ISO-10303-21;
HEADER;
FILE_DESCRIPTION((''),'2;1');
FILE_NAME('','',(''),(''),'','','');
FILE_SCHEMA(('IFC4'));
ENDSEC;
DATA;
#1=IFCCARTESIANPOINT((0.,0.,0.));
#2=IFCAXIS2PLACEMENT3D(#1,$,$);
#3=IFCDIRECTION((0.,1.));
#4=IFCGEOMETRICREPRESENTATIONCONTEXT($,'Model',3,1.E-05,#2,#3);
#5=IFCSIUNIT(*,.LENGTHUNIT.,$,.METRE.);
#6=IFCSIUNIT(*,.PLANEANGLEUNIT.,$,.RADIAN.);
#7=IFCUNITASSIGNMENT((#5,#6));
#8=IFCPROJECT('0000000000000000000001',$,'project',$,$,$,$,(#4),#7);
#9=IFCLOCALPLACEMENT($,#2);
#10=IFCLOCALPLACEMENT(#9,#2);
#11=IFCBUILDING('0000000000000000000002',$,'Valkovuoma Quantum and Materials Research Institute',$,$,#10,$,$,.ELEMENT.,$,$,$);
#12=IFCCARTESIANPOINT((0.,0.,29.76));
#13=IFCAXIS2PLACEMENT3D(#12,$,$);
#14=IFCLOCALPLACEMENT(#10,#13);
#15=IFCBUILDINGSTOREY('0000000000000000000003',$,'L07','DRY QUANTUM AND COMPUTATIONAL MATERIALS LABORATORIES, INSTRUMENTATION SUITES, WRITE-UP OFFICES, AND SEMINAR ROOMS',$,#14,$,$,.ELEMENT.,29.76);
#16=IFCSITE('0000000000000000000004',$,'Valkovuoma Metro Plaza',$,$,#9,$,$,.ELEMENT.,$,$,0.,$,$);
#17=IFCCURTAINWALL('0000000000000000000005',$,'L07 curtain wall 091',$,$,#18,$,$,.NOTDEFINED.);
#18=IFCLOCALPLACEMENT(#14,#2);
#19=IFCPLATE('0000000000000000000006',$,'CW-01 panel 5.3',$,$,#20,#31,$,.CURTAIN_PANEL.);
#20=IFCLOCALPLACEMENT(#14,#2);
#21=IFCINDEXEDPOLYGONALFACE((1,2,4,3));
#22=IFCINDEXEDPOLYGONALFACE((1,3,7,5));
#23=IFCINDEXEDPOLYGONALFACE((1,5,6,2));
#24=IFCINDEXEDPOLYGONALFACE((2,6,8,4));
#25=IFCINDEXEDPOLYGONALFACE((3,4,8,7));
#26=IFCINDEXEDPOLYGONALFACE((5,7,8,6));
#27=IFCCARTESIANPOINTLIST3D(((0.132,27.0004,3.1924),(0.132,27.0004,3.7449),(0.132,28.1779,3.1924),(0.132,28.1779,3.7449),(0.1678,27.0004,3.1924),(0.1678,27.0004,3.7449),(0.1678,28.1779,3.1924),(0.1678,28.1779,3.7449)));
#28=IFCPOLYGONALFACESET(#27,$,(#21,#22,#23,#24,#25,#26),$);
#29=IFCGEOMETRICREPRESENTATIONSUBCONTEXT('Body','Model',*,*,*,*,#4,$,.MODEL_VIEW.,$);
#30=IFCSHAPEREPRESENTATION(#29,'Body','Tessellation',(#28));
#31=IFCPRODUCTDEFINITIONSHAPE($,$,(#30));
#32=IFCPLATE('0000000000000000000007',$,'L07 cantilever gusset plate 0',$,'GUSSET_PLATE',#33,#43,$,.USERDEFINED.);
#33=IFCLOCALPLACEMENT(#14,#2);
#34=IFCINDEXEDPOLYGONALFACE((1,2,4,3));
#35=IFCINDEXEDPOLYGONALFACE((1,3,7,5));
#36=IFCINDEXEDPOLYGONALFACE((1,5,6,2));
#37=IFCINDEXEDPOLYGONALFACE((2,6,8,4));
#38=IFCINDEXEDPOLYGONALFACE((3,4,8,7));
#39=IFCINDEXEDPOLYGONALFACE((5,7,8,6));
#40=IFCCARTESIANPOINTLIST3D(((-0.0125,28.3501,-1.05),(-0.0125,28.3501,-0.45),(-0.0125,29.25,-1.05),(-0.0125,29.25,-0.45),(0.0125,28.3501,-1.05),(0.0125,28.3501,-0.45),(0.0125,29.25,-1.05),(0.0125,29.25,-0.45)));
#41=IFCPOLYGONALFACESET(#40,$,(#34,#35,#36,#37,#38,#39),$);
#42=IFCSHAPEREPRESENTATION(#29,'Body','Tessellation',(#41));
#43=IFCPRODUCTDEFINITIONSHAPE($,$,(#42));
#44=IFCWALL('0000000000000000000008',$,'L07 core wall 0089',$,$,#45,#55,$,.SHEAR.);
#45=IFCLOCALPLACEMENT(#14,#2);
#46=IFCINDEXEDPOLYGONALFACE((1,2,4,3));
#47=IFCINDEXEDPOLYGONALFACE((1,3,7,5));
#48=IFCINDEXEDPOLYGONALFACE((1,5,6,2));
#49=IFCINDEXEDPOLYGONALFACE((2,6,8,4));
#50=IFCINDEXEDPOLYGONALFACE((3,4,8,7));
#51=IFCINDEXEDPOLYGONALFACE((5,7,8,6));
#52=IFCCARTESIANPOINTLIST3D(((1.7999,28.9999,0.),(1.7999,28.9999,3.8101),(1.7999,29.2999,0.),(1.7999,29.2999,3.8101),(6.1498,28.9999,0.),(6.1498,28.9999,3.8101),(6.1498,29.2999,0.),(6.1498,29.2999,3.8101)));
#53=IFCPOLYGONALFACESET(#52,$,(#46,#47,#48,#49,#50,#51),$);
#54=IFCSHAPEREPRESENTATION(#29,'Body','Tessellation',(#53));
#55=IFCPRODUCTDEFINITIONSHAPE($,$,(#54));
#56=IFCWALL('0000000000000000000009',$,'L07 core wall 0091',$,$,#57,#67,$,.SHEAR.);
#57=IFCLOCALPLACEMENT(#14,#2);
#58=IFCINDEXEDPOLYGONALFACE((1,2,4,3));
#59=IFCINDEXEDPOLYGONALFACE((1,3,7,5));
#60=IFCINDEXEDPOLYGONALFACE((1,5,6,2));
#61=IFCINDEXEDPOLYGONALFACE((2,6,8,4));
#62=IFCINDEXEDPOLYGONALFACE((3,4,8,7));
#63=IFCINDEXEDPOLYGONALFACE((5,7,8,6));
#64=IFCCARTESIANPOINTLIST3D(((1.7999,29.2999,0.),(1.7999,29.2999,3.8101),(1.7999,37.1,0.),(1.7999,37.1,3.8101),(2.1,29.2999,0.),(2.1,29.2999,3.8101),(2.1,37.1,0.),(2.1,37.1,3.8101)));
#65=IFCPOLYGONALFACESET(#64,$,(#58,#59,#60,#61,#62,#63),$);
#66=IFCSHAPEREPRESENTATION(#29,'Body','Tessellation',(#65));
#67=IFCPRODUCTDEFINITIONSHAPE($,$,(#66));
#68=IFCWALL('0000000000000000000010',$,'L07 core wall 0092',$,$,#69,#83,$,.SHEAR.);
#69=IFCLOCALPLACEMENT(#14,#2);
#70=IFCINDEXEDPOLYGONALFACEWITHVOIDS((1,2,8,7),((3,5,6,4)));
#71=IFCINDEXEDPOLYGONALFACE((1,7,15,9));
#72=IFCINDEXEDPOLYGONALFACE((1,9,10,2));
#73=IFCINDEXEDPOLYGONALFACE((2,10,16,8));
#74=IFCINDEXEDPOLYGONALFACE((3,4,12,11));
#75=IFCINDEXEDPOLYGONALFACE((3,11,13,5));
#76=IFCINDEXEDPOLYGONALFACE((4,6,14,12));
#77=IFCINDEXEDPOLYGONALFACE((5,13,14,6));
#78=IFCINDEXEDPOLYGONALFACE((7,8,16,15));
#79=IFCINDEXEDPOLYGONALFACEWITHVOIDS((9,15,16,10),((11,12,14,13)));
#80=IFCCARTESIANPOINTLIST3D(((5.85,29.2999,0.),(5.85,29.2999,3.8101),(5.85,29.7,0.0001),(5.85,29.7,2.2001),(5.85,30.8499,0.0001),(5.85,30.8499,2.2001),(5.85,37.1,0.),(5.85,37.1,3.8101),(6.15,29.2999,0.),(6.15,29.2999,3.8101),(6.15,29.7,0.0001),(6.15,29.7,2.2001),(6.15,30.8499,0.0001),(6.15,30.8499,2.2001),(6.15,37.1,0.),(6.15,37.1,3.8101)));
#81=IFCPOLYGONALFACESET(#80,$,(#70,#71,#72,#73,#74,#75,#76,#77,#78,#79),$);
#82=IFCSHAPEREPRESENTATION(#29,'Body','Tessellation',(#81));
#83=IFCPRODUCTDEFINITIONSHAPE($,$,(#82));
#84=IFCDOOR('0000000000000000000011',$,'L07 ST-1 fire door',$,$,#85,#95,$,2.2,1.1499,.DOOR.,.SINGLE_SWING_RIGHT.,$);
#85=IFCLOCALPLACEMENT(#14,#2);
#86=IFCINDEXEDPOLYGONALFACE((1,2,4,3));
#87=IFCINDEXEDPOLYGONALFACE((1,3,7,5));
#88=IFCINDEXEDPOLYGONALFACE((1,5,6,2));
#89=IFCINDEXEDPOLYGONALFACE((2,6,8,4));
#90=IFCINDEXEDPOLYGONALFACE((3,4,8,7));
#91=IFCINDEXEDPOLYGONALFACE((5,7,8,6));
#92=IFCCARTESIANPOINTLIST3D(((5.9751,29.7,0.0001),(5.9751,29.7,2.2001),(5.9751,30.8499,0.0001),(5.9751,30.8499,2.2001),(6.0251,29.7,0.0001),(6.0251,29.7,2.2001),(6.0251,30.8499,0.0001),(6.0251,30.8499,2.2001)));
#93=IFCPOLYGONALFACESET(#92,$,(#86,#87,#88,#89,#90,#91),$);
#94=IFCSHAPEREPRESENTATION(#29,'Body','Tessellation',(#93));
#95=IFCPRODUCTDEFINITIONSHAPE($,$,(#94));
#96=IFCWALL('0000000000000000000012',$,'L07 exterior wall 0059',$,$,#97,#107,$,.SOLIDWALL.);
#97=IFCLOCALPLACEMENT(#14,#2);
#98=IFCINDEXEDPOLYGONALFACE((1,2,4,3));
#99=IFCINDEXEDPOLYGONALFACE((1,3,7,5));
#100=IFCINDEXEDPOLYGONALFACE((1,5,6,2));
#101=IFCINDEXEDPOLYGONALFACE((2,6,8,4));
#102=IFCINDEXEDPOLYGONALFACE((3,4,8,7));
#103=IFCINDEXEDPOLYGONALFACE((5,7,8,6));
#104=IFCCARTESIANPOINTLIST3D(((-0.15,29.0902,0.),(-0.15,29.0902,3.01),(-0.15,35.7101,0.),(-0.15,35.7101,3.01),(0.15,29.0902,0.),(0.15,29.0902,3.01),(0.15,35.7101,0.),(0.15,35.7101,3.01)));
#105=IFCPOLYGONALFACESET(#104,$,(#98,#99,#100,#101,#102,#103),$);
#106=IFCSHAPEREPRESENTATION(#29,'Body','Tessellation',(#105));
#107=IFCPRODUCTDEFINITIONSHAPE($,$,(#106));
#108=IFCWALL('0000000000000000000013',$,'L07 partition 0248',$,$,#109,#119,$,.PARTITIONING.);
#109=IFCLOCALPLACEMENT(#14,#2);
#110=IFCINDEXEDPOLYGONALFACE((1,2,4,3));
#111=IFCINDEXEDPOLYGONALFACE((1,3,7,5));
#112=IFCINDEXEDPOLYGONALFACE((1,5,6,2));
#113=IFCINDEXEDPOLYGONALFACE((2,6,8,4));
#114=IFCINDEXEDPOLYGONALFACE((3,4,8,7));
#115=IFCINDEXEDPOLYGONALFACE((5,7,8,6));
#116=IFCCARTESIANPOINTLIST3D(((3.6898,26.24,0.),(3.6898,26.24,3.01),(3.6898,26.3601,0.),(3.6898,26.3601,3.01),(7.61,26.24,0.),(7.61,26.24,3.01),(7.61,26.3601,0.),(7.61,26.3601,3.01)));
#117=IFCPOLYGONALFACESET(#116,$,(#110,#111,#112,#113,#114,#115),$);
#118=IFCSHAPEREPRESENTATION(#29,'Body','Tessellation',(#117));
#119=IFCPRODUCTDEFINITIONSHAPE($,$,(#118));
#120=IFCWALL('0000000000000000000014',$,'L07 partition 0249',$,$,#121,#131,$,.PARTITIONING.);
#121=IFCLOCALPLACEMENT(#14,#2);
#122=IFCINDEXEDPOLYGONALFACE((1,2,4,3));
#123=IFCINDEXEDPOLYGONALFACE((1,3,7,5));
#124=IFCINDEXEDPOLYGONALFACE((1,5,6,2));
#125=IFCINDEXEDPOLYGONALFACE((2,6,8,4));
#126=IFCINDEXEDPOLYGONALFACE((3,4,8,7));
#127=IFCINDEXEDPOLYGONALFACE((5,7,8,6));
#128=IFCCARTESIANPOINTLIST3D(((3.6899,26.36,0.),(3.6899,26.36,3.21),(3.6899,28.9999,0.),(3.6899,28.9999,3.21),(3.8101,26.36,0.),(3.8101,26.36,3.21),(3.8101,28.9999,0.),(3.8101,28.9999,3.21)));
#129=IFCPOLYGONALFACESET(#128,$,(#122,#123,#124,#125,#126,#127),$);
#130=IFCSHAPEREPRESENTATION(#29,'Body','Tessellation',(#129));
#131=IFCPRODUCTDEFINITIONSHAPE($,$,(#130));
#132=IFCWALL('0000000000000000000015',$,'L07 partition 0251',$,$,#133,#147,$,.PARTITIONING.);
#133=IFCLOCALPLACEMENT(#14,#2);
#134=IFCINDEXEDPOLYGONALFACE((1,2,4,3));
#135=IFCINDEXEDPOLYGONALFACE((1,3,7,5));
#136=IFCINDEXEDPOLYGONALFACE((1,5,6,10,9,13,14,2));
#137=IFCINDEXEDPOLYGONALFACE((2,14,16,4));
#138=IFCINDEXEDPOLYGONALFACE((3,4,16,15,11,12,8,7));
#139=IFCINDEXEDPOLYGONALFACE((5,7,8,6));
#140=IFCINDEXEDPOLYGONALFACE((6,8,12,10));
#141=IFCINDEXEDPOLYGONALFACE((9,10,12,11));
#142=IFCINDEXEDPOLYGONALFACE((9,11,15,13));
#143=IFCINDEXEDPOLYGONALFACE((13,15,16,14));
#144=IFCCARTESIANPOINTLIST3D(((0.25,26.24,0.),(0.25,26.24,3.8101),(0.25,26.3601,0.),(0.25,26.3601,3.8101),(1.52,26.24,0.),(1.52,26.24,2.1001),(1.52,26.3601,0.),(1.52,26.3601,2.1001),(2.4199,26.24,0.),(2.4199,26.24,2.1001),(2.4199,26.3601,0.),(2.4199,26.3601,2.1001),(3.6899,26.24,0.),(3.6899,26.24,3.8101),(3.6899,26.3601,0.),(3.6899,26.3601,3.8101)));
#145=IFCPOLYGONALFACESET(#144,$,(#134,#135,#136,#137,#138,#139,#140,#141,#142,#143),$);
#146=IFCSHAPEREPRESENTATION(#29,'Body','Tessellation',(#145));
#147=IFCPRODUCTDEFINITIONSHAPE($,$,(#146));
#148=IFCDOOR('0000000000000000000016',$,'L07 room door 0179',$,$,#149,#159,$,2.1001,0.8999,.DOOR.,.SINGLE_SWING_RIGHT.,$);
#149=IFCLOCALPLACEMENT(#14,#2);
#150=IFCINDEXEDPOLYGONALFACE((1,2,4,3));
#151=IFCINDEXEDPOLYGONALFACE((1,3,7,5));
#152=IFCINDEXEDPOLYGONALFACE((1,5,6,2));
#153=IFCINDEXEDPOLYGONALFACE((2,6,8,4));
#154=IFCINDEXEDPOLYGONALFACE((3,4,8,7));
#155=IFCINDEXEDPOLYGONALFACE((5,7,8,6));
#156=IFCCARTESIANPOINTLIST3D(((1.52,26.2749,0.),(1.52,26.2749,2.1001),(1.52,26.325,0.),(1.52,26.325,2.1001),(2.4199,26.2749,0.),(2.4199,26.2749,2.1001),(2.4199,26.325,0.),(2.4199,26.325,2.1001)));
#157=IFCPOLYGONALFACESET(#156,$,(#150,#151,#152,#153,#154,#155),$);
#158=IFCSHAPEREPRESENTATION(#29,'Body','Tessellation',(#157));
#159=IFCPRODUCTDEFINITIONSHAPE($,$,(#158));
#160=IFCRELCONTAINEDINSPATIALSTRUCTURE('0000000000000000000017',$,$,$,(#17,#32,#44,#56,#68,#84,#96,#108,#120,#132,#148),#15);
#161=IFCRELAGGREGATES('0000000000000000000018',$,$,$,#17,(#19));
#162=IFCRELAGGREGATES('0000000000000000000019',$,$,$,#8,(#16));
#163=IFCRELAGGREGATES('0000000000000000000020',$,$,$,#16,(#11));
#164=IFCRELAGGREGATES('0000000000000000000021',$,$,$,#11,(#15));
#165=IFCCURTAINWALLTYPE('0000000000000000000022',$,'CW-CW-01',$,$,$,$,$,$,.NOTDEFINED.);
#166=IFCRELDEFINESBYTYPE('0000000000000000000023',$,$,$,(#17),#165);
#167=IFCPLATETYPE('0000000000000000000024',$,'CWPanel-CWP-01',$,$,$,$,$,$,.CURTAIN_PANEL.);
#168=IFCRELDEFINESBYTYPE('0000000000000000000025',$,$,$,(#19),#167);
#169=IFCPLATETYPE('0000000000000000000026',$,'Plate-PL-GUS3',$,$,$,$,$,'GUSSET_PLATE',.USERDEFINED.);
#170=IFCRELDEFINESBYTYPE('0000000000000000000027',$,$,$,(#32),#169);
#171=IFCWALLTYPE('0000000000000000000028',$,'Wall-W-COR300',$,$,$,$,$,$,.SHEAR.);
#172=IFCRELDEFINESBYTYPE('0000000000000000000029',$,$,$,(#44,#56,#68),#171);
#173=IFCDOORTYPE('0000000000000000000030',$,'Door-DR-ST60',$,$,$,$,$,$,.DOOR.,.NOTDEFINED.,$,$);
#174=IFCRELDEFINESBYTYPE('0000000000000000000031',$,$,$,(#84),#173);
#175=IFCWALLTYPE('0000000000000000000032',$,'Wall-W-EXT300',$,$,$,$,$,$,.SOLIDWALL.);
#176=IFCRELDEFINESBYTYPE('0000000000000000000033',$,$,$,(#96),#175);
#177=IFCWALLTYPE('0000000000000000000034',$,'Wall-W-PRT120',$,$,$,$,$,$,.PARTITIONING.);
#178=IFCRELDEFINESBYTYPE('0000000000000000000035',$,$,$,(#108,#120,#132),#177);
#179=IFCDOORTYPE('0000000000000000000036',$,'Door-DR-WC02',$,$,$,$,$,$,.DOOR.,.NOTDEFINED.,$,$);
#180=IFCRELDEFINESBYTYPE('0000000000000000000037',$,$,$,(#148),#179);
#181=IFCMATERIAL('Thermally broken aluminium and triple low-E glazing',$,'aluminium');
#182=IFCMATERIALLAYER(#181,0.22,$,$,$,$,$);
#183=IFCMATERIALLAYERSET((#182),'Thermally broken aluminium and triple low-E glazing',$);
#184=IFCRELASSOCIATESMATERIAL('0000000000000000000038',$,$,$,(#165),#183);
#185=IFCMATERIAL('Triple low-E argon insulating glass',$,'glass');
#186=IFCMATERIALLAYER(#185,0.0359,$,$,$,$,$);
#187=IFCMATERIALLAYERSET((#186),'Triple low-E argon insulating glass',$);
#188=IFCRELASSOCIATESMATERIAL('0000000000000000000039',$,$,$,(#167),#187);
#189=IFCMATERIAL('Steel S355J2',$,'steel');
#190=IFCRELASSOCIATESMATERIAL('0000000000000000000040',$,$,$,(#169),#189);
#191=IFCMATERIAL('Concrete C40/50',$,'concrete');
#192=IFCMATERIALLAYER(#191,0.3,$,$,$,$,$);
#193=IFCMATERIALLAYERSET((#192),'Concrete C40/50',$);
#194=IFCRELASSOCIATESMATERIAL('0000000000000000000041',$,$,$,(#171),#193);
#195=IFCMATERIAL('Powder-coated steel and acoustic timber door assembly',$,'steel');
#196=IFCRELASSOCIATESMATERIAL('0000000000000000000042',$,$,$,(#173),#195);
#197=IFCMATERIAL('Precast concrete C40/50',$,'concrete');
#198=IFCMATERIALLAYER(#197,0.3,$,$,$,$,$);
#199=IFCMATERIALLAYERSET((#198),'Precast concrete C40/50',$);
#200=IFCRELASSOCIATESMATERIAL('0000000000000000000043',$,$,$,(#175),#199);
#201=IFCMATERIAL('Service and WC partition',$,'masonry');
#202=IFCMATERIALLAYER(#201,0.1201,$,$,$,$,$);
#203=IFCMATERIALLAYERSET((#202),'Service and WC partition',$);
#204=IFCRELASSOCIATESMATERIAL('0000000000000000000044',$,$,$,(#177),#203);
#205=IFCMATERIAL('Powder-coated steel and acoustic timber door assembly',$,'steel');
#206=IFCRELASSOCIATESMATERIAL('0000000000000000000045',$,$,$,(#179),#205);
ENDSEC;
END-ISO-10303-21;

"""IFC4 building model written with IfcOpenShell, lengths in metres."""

from ifc_helpers import new_model, si_unit, direction, frame, frame_2d, origin, origin_2d, place, context, subcontext, project, spatial, rectangle, extrude, material, layer, layer_set, type_object, element, fill, aggregate, save


model = new_model("IFC4")

# Units and contexts
model_context = context("Model", 3, precision=1e-05, world=origin(), true_north=direction((0.0, 1.0)))
body_context = subcontext(model_context, "Body", "Model", "MODEL_VIEW")
ifc_project = project(units=[si_unit("LENGTHUNIT", "METRE"), si_unit("PLANEANGLEUNIT", "RADIAN")], contexts=[model_context])

# Site, building, storey
site_placement = place(None, origin())
site = spatial("IfcSite", under=ifc_project, at=site_placement, Name="Valkovuoma Metro Plaza", CompositionType="ELEMENT", RefElevation=0.0)
building_placement = place(site_placement, origin())
building = spatial("IfcBuilding", under=site, at=building_placement, Name="Valkovuoma Quantum and Materials Research Institute", CompositionType="ELEMENT")
storey_placement = place(building_placement, frame((0.0, 0.0, 29.76)))
storey = spatial("IfcBuildingStorey", under=building, at=storey_placement, Name="L07", Description="DRY QUANTUM AND COMPUTATIONAL MATERIALS LABORATORIES, INSTRUMENTATION SUITES, WRITE-UP OFFICES, AND SEMINAR ROOMS", CompositionType="ELEMENT", Elevation=29.76)

# Curtain wall
ifc_material_1 = material(Name="Thermally broken aluminium and triple low-E glazing", Category="aluminium")
ifc_layer_1 = layer(ifc_material_1, 0.22)
ifc_layer_set_1 = layer_set([ifc_layer_1], Name="Thermally broken aluminium and triple low-E glazing")
curtain_wall_type = type_object("IfcCurtainWallType", Name="CW-CW-01", PredefinedType="NOTDEFINED", material=ifc_layer_set_1)
curtain_wall_placement = place(storey_placement, origin())
curtain_wall = element("IfcCurtainWall", 1, at=curtain_wall_placement, inside=storey, type_object=curtain_wall_type, Name="L07 curtain wall 091", PredefinedType="NOTDEFINED")

# Plates
ifc_material_2 = material(Name="Triple low-E argon insulating glass", Category="glass")
ifc_layer_2 = layer(ifc_material_2, 0.0359)
ifc_layer_set_2 = layer_set([ifc_layer_2], Name="Triple low-E argon insulating glass")
plate_type_1 = type_object("IfcPlateType", Name="CWPanel-CWP-01", PredefinedType="CURTAIN_PANEL", material=ifc_layer_set_2)
plate_1_placement = place(storey_placement, frame((0.1499, 27.5891, 3.1924), z_axis=(0.0, 0.0, 1.0), x_axis=(0.0, 1.0, 0.0)))
plate_1 = element("IfcPlate", 2, at=plate_1_placement, type_object=plate_type_1, Name="CW-01 panel 5.3", PredefinedType="CURTAIN_PANEL", context=body_context, shape_type="SweptSolid", body=[
    extrude(rectangle(XDim=1.1775, YDim=0.0359, at=origin_2d()), origin(), (0.0, 0.0, 1.0), 0.5525),
])
aggregate(curtain_wall, [plate_1])
ifc_material_3 = material(Name="Steel S355J2", Category="steel")
plate_type_2 = type_object("IfcPlateType", Name="Plate-PL-GUS3", ElementType="GUSSET_PLATE", PredefinedType="USERDEFINED", material=ifc_material_3)
plate_2_placement = place(storey_placement, frame((0.0, 28.8, -1.05), z_axis=(0.0, 0.0, 1.0), x_axis=(0.0, 1.0, 0.0)))
element("IfcPlate", 3, at=plate_2_placement, inside=storey, type_object=plate_type_2, Name="L07 cantilever gusset plate 0", ObjectType="GUSSET_PLATE", PredefinedType="USERDEFINED", context=body_context, shape_type="SweptSolid", body=[
    extrude(rectangle(XDim=0.8999, YDim=0.0249, at=origin_2d()), origin(), (0.0, 0.0, 1.0), 0.6001),
])

# Walls
ifc_material_4 = material(Name="Concrete C40/50", Category="concrete")
ifc_layer_3 = layer(ifc_material_4, 0.3)
ifc_layer_set_3 = layer_set([ifc_layer_3], Name="Concrete C40/50")
wall_type_1 = type_object("IfcWallType", Name="Wall-W-COR300", PredefinedType="SHEAR", material=ifc_layer_set_3)
wall_1_placement = place(storey_placement, frame((1.8, 29.1499, 0.0), z_axis=(0.0, 0.0, 1.0), x_axis=(1.0, 0.0, 0.0)))
element("IfcWall", 4, at=wall_1_placement, inside=storey, type_object=wall_type_1, Name="L07 core wall 0089", PredefinedType="SHEAR", context=body_context, shape_type="SweptSolid", body=[
    extrude(rectangle(XDim=4.3499, YDim=0.3, at=frame_2d((2.1748, 0.0))), origin(), (0.0, 0.0, 1.0), 3.8101),
])
wall_2_placement = place(storey_placement, frame((1.95, 29.3, 0.0), z_axis=(0.0, 0.0, 1.0), x_axis=(0.0, 1.0, 0.0)))
element("IfcWall", 5, at=wall_2_placement, inside=storey, type_object=wall_type_1, Name="L07 core wall 0091", PredefinedType="SHEAR", context=body_context, shape_type="SweptSolid", body=[
    extrude(rectangle(XDim=7.8, YDim=0.3, at=frame_2d((3.8999, 0.0))), origin(), (0.0, 0.0, 1.0), 3.8101),
])

# Wall, opening, door
wall_3_placement = place(storey_placement, frame((6.0, 29.3, 0.0), z_axis=(0.0, 0.0, 1.0), x_axis=(0.0, 1.0, 0.0)))
wall_3 = element("IfcWall", 6, at=wall_3_placement, inside=storey, type_object=wall_type_1, Name="L07 core wall 0092", PredefinedType="SHEAR", context=body_context, shape_type="SweptSolid", body=[
    extrude(rectangle(XDim=7.8, YDim=0.3, at=frame_2d((3.8999, 0.0))), origin(), (0.0, 0.0, 1.0), 3.8101),
])
opening_1_placement = place(wall_3_placement, frame((0.3999, 0.0, 0.0)))
opening_1 = element("IfcOpeningElement", 7, at=opening_1_placement, cuts=wall_3, PredefinedType="OPENING", context=body_context, shape_type="SweptSolid", body=[
    extrude(rectangle(XDim=1.1499, YDim=2.2, at=frame_2d((0.575, 1.1001))), frame((0.0, 0.1602, 0.0), z_axis=(0.0, -1.0, 0.0), x_axis=(1.0, 0.0, 0.0)), (0.0, 0.0, 1.0), 0.3201),
])
ifc_material_5 = material(Name="Powder-coated steel and acoustic timber door assembly", Category="steel")
door_type_1 = type_object("IfcDoorType", Name="Door-DR-ST60", OperationType="NOTDEFINED", PredefinedType="DOOR", material=ifc_material_5)
door_1_placement = place(opening_1_placement, origin())
door_1 = element("IfcDoor", 8, at=door_1_placement, inside=storey, type_object=door_type_1, Name="L07 ST-1 fire door", OperationType="SINGLE_SWING_RIGHT", OverallHeight=2.2, OverallWidth=1.1499, PredefinedType="DOOR", context=body_context, shape_type="SweptSolid", body=[
    extrude(rectangle(XDim=1.1499, YDim=2.2, at=frame_2d((0.575, 1.1001))), frame((0.0, 0.0249, 0.0), z_axis=(0.0, -1.0, 0.0), x_axis=(1.0, 0.0, 0.0)), (0.0, 0.0, 1.0), 0.05),
])
fill(opening_1, door_1)

# Walls
ifc_material_6 = material(Name="Precast concrete C40/50", Category="concrete")
ifc_layer_4 = layer(ifc_material_6, 0.3)
ifc_layer_set_4 = layer_set([ifc_layer_4], Name="Precast concrete C40/50")
wall_type_2 = type_object("IfcWallType", Name="Wall-W-EXT300", PredefinedType="SOLIDWALL", material=ifc_layer_set_4)
wall_4_placement = place(storey_placement, frame((0.0, 29.0901, 0.0), z_axis=(0.0, 0.0, 1.0), x_axis=(0.0, 1.0, 0.0)))
element("IfcWall", 9, at=wall_4_placement, inside=storey, type_object=wall_type_2, Name="L07 exterior wall 0059", PredefinedType="SOLIDWALL", context=body_context, shape_type="SweptSolid", body=[
    extrude(rectangle(XDim=6.6199, YDim=0.3, at=frame_2d((3.3101, 0.0))), origin(), (0.0, 0.0, 1.0), 3.01),
])
ifc_material_7 = material(Name="Service and WC partition", Category="masonry")
ifc_layer_5 = layer(ifc_material_7, 0.1201)
ifc_layer_set_5 = layer_set([ifc_layer_5], Name="Service and WC partition")
wall_type_3 = type_object("IfcWallType", Name="Wall-W-PRT120", PredefinedType="PARTITIONING", material=ifc_layer_set_5)
wall_5_placement = place(storey_placement, frame((3.6899, 26.3, 0.0), z_axis=(0.0, 0.0, 1.0), x_axis=(1.0, 0.0, 0.0)))
element("IfcWall", 10, at=wall_5_placement, inside=storey, type_object=wall_type_3, Name="L07 partition 0248", PredefinedType="PARTITIONING", context=body_context, shape_type="SweptSolid", body=[
    extrude(rectangle(XDim=3.9202, YDim=0.1201, at=frame_2d((1.96, 0.0))), origin(), (0.0, 0.0, 1.0), 3.01),
])
wall_6_placement = place(storey_placement, frame((3.75, 26.3601, 0.0), z_axis=(0.0, 0.0, 1.0), x_axis=(0.0, 1.0, 0.0)))
element("IfcWall", 11, at=wall_6_placement, inside=storey, type_object=wall_type_3, Name="L07 partition 0249", PredefinedType="PARTITIONING", context=body_context, shape_type="SweptSolid", body=[
    extrude(rectangle(XDim=2.6399, YDim=0.1201, at=frame_2d((1.3198, 0.0))), origin(), (0.0, 0.0, 1.0), 3.21),
])

# Wall, opening, door
wall_7_placement = place(storey_placement, frame((0.25, 26.3, 0.0), z_axis=(0.0, 0.0, 1.0), x_axis=(1.0, 0.0, 0.0)))
wall_7 = element("IfcWall", 12, at=wall_7_placement, inside=storey, type_object=wall_type_3, Name="L07 partition 0251", PredefinedType="PARTITIONING", context=body_context, shape_type="SweptSolid", body=[
    extrude(rectangle(XDim=3.4399, YDim=0.1201, at=frame_2d((1.72, 0.0))), origin(), (0.0, 0.0, 1.0), 3.8101),
])
opening_2_placement = place(wall_7_placement, frame((1.27, 0.0, 0.0)))
opening_2 = element("IfcOpeningElement", 13, at=opening_2_placement, cuts=wall_7, PredefinedType="OPENING", context=body_context, shape_type="SweptSolid", body=[
    extrude(rectangle(XDim=0.8999, YDim=2.1001, at=frame_2d((0.45, 1.05))), frame((0.0, 0.0701, 0.0), z_axis=(0.0, -1.0, 0.0), x_axis=(1.0, 0.0, 0.0)), (0.0, 0.0, 1.0), 0.1401),
])
ifc_material_8 = material(Name="Powder-coated steel and acoustic timber door assembly", Category="steel")
door_type_2 = type_object("IfcDoorType", Name="Door-DR-WC02", OperationType="NOTDEFINED", PredefinedType="DOOR", material=ifc_material_8)
door_2_placement = place(opening_2_placement, origin())
door_2 = element("IfcDoor", 14, at=door_2_placement, inside=storey, type_object=door_type_2, Name="L07 room door 0179", OperationType="SINGLE_SWING_RIGHT", OverallHeight=2.1001, OverallWidth=0.8999, PredefinedType="DOOR", context=body_context, shape_type="SweptSolid", body=[
    extrude(rectangle(XDim=0.8999, YDim=2.1001, at=frame_2d((0.45, 1.05))), frame((0.0, 0.0249, 0.0), z_axis=(0.0, -1.0, 0.0), x_axis=(1.0, 0.0, 0.0)), (0.0, 0.0, 1.0), 0.05),
])
fill(opening_2, door_2)

save(model, "model.ifc")
